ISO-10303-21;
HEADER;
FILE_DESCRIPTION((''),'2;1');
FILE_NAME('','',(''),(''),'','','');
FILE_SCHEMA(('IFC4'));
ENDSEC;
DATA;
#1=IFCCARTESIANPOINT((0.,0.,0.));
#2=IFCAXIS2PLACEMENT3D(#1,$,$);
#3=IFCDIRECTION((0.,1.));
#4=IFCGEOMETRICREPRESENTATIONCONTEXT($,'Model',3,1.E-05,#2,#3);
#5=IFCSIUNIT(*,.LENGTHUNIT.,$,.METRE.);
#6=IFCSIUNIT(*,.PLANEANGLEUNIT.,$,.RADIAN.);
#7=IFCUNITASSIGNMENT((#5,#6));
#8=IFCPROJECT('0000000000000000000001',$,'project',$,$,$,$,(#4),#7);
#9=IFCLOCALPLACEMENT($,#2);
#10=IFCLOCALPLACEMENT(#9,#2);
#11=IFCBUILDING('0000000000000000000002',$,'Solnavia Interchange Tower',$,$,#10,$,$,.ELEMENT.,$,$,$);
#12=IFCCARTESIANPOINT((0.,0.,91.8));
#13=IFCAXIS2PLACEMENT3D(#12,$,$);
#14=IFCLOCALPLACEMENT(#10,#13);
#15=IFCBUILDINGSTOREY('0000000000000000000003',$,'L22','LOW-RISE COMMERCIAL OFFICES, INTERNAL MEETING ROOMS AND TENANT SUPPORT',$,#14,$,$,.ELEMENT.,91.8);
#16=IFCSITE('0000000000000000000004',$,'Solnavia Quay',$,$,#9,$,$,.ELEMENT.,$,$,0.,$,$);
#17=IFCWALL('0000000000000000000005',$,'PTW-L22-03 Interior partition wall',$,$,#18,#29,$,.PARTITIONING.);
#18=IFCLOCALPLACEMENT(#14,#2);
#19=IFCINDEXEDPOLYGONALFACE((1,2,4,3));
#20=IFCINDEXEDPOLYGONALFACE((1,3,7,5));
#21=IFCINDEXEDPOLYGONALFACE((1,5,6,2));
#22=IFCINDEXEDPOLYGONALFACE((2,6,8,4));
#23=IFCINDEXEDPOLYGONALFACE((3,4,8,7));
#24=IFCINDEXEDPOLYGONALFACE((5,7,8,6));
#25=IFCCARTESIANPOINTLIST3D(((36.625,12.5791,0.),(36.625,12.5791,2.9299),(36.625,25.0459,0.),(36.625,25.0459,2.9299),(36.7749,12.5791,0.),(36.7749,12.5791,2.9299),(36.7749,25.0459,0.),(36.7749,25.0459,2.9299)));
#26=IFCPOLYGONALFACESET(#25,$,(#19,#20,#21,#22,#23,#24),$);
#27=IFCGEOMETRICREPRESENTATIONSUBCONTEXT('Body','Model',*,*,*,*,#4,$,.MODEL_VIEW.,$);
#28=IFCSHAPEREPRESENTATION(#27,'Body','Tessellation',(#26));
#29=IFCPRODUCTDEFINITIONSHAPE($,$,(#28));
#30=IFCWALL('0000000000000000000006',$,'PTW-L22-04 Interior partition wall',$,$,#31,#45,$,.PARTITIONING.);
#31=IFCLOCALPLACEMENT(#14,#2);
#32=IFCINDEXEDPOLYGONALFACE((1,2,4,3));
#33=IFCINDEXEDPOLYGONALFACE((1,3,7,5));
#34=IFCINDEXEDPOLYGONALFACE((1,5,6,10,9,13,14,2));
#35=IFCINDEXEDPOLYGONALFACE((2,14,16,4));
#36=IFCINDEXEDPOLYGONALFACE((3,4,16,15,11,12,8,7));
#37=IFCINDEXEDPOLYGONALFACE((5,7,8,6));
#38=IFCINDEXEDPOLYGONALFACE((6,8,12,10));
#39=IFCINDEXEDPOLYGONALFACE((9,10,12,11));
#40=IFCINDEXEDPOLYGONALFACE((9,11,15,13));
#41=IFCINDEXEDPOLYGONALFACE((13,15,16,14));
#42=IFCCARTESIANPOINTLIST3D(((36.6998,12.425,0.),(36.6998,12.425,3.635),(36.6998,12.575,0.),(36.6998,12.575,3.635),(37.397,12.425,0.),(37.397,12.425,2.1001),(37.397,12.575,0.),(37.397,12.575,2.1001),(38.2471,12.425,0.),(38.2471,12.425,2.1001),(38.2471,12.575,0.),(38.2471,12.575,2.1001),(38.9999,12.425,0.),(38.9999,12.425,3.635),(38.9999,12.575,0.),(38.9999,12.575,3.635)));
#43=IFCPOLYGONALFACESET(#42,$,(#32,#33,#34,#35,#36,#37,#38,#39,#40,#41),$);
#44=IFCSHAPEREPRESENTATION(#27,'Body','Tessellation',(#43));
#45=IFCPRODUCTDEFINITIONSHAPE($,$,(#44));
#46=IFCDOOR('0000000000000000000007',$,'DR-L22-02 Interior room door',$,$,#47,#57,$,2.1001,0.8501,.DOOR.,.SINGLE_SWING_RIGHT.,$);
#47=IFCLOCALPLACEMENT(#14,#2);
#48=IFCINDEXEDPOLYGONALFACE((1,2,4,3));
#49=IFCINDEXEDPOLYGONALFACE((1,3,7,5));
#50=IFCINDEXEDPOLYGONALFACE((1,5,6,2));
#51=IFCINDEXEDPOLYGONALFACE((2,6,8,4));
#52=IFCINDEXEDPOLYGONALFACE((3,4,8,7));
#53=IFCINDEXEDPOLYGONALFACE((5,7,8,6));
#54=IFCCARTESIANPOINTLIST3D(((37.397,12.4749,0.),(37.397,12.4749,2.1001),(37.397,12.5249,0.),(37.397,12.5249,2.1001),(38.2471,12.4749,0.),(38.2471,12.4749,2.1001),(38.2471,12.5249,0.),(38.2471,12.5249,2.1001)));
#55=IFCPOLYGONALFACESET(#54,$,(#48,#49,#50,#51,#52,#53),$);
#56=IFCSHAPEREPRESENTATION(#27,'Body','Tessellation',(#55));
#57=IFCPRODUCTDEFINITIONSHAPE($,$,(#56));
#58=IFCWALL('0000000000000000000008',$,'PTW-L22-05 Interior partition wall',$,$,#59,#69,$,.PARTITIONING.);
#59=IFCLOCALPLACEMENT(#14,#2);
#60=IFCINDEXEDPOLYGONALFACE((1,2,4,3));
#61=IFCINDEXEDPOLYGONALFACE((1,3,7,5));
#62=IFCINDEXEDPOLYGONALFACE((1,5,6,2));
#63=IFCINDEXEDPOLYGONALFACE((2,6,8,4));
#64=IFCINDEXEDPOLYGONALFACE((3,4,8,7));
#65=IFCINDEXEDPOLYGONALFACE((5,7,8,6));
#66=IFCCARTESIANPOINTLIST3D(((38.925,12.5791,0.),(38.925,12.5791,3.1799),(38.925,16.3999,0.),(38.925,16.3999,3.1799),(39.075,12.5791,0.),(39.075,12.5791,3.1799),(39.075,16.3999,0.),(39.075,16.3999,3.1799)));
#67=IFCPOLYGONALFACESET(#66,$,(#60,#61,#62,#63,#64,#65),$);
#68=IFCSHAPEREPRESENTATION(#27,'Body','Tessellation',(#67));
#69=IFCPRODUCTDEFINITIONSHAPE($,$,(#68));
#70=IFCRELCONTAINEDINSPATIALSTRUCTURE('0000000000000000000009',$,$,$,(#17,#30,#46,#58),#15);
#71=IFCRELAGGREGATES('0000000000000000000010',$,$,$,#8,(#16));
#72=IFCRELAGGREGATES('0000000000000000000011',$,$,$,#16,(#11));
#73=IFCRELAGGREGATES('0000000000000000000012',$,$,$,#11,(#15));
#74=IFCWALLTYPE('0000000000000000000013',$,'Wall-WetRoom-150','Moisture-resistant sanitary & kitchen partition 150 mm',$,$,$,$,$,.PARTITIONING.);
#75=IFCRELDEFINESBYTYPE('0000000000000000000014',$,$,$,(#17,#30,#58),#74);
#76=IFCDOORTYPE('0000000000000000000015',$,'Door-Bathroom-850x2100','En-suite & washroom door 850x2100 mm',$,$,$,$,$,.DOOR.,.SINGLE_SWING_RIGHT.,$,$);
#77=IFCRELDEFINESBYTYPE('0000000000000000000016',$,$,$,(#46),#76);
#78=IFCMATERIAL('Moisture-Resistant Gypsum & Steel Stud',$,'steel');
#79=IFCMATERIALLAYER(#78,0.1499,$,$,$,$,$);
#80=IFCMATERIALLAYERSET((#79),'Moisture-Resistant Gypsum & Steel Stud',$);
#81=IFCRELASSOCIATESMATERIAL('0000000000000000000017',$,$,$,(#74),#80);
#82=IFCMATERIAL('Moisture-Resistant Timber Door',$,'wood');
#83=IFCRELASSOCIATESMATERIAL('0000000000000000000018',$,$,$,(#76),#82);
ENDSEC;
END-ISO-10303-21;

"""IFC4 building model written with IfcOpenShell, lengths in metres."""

from ifc_helpers import new_model, si_unit, direction, frame, frame_2d, origin, place, context, subcontext, project, spatial, rectangle, extrude, material, layer, layer_set, type_object, element, fill, save


model = new_model("IFC4")

# Units and contexts
model_context = context("Model", 3, precision=1e-05, world=origin(), true_north=direction((0.0, 1.0)))
body_context = subcontext(model_context, "Body", "Model", "MODEL_VIEW")
ifc_project = project(units=[si_unit("LENGTHUNIT", "METRE"), si_unit("PLANEANGLEUNIT", "RADIAN")], contexts=[model_context])

# Site, building, storey
site_placement = place(None, origin())
site = spatial("IfcSite", under=ifc_project, at=site_placement, Name="Solnavia Quay", CompositionType="ELEMENT", RefElevation=0.0)
building_placement = place(site_placement, origin())
building = spatial("IfcBuilding", under=site, at=building_placement, Name="Solnavia Interchange Tower", CompositionType="ELEMENT")
storey_placement = place(building_placement, frame((0.0, 0.0, 91.8)))
storey = spatial("IfcBuildingStorey", under=building, at=storey_placement, Name="L22", Description="LOW-RISE COMMERCIAL OFFICES, INTERNAL MEETING ROOMS AND TENANT SUPPORT", CompositionType="ELEMENT", Elevation=91.8)

# Shared definitions
ifc_material_1 = material(Name="Moisture-Resistant Gypsum & Steel Stud", Category="steel")
ifc_layer_1 = layer(ifc_material_1, 0.1499)
ifc_layer_set_1 = layer_set([ifc_layer_1], Name="Moisture-Resistant Gypsum & Steel Stud")
wall_type_1 = type_object("IfcWallType", Name="Wall-WetRoom-150", Description="Moisture-resistant sanitary & kitchen partition 150 mm", PredefinedType="PARTITIONING", material=ifc_layer_set_1)

# Shared definitions
ifc_material_2 = material(Name="Moisture-Resistant Timber Door", Category="wood")
door_type_1 = type_object("IfcDoorType", Name="Door-Bathroom-850x2100", Description="En-suite & washroom door 850x2100 mm", OperationType="SINGLE_SWING_RIGHT", PredefinedType="DOOR", material=ifc_material_2)

# Wall
wall_1_placement = place(storey_placement, frame((36.7, 12.5791, 0.0), z_axis=(0.0, 0.0, 1.0), x_axis=(0.0, 1.0, 0.0)))
element("IfcWall", 1, at=wall_1_placement, inside=storey, type_object=wall_type_1, Name="PTW-L22-03 Interior partition wall", PredefinedType="PARTITIONING", context=body_context, shape_type="SweptSolid", body=[
    extrude(rectangle(XDim=12.4668, YDim=0.1499, at=frame_2d((6.2334, 0.0))), origin(), (0.0, 0.0, 1.0), 2.9299),
])

# Wall, opening, door
wall_2_placement = place(storey_placement, frame((36.7, 12.5, 0.0), z_axis=(0.0, 0.0, 1.0), x_axis=(1.0, 0.0, 0.0)))
wall_2 = element("IfcWall", 2, at=wall_2_placement, inside=storey, type_object=wall_type_1, Name="PTW-L22-04 Interior partition wall", PredefinedType="PARTITIONING", context=body_context, shape_type="SweptSolid", body=[
    extrude(rectangle(XDim=2.3, YDim=0.1499, at=frame_2d((1.1499, 0.0))), origin(), (0.0, 0.0, 1.0), 3.635),
])
opening_1_placement = place(wall_2_placement, frame((0.697, 0.0, 0.0)))
opening_1 = element("IfcOpeningElement", 3, at=opening_1_placement, cuts=wall_2, PredefinedType="OPENING", context=body_context, shape_type="SweptSolid", body=[
    extrude(rectangle(XDim=0.8501, YDim=2.1001, at=frame_2d((0.425, 1.05))), frame((0.0, 0.085, 0.0), z_axis=(0.0, -1.0, 0.0), x_axis=(1.0, 0.0, 0.0)), (0.0, 0.0, 1.0), 0.1699),
])
door_1_placement = place(opening_1_placement, origin())
door_1 = element("IfcDoor", 4, at=door_1_placement, inside=storey, type_object=door_type_1, Name="DR-L22-02 Interior room door", OperationType="SINGLE_SWING_RIGHT", OverallHeight=2.1001, OverallWidth=0.8501, PredefinedType="DOOR", context=body_context, shape_type="SweptSolid", body=[
    extrude(rectangle(XDim=0.8501, YDim=2.1001, at=frame_2d((0.425, 1.05))), frame((0.0, 0.0249, 0.0), z_axis=(0.0, -1.0, 0.0), x_axis=(1.0, 0.0, 0.0)), (0.0, 0.0, 1.0), 0.05),
])
fill(opening_1, door_1)

# Wall
wall_3_placement = place(storey_placement, frame((39.0, 12.5791, 0.0), z_axis=(0.0, 0.0, 1.0), x_axis=(0.0, 1.0, 0.0)))
element("IfcWall", 5, at=wall_3_placement, inside=storey, type_object=wall_type_1, Name="PTW-L22-05 Interior partition wall", PredefinedType="PARTITIONING", context=body_context, shape_type="SweptSolid", body=[
    extrude(rectangle(XDim=3.8208, YDim=0.1499, at=frame_2d((1.9104, 0.0))), origin(), (0.0, 0.0, 1.0), 3.1799),
])

save(model, "model.ifc")
